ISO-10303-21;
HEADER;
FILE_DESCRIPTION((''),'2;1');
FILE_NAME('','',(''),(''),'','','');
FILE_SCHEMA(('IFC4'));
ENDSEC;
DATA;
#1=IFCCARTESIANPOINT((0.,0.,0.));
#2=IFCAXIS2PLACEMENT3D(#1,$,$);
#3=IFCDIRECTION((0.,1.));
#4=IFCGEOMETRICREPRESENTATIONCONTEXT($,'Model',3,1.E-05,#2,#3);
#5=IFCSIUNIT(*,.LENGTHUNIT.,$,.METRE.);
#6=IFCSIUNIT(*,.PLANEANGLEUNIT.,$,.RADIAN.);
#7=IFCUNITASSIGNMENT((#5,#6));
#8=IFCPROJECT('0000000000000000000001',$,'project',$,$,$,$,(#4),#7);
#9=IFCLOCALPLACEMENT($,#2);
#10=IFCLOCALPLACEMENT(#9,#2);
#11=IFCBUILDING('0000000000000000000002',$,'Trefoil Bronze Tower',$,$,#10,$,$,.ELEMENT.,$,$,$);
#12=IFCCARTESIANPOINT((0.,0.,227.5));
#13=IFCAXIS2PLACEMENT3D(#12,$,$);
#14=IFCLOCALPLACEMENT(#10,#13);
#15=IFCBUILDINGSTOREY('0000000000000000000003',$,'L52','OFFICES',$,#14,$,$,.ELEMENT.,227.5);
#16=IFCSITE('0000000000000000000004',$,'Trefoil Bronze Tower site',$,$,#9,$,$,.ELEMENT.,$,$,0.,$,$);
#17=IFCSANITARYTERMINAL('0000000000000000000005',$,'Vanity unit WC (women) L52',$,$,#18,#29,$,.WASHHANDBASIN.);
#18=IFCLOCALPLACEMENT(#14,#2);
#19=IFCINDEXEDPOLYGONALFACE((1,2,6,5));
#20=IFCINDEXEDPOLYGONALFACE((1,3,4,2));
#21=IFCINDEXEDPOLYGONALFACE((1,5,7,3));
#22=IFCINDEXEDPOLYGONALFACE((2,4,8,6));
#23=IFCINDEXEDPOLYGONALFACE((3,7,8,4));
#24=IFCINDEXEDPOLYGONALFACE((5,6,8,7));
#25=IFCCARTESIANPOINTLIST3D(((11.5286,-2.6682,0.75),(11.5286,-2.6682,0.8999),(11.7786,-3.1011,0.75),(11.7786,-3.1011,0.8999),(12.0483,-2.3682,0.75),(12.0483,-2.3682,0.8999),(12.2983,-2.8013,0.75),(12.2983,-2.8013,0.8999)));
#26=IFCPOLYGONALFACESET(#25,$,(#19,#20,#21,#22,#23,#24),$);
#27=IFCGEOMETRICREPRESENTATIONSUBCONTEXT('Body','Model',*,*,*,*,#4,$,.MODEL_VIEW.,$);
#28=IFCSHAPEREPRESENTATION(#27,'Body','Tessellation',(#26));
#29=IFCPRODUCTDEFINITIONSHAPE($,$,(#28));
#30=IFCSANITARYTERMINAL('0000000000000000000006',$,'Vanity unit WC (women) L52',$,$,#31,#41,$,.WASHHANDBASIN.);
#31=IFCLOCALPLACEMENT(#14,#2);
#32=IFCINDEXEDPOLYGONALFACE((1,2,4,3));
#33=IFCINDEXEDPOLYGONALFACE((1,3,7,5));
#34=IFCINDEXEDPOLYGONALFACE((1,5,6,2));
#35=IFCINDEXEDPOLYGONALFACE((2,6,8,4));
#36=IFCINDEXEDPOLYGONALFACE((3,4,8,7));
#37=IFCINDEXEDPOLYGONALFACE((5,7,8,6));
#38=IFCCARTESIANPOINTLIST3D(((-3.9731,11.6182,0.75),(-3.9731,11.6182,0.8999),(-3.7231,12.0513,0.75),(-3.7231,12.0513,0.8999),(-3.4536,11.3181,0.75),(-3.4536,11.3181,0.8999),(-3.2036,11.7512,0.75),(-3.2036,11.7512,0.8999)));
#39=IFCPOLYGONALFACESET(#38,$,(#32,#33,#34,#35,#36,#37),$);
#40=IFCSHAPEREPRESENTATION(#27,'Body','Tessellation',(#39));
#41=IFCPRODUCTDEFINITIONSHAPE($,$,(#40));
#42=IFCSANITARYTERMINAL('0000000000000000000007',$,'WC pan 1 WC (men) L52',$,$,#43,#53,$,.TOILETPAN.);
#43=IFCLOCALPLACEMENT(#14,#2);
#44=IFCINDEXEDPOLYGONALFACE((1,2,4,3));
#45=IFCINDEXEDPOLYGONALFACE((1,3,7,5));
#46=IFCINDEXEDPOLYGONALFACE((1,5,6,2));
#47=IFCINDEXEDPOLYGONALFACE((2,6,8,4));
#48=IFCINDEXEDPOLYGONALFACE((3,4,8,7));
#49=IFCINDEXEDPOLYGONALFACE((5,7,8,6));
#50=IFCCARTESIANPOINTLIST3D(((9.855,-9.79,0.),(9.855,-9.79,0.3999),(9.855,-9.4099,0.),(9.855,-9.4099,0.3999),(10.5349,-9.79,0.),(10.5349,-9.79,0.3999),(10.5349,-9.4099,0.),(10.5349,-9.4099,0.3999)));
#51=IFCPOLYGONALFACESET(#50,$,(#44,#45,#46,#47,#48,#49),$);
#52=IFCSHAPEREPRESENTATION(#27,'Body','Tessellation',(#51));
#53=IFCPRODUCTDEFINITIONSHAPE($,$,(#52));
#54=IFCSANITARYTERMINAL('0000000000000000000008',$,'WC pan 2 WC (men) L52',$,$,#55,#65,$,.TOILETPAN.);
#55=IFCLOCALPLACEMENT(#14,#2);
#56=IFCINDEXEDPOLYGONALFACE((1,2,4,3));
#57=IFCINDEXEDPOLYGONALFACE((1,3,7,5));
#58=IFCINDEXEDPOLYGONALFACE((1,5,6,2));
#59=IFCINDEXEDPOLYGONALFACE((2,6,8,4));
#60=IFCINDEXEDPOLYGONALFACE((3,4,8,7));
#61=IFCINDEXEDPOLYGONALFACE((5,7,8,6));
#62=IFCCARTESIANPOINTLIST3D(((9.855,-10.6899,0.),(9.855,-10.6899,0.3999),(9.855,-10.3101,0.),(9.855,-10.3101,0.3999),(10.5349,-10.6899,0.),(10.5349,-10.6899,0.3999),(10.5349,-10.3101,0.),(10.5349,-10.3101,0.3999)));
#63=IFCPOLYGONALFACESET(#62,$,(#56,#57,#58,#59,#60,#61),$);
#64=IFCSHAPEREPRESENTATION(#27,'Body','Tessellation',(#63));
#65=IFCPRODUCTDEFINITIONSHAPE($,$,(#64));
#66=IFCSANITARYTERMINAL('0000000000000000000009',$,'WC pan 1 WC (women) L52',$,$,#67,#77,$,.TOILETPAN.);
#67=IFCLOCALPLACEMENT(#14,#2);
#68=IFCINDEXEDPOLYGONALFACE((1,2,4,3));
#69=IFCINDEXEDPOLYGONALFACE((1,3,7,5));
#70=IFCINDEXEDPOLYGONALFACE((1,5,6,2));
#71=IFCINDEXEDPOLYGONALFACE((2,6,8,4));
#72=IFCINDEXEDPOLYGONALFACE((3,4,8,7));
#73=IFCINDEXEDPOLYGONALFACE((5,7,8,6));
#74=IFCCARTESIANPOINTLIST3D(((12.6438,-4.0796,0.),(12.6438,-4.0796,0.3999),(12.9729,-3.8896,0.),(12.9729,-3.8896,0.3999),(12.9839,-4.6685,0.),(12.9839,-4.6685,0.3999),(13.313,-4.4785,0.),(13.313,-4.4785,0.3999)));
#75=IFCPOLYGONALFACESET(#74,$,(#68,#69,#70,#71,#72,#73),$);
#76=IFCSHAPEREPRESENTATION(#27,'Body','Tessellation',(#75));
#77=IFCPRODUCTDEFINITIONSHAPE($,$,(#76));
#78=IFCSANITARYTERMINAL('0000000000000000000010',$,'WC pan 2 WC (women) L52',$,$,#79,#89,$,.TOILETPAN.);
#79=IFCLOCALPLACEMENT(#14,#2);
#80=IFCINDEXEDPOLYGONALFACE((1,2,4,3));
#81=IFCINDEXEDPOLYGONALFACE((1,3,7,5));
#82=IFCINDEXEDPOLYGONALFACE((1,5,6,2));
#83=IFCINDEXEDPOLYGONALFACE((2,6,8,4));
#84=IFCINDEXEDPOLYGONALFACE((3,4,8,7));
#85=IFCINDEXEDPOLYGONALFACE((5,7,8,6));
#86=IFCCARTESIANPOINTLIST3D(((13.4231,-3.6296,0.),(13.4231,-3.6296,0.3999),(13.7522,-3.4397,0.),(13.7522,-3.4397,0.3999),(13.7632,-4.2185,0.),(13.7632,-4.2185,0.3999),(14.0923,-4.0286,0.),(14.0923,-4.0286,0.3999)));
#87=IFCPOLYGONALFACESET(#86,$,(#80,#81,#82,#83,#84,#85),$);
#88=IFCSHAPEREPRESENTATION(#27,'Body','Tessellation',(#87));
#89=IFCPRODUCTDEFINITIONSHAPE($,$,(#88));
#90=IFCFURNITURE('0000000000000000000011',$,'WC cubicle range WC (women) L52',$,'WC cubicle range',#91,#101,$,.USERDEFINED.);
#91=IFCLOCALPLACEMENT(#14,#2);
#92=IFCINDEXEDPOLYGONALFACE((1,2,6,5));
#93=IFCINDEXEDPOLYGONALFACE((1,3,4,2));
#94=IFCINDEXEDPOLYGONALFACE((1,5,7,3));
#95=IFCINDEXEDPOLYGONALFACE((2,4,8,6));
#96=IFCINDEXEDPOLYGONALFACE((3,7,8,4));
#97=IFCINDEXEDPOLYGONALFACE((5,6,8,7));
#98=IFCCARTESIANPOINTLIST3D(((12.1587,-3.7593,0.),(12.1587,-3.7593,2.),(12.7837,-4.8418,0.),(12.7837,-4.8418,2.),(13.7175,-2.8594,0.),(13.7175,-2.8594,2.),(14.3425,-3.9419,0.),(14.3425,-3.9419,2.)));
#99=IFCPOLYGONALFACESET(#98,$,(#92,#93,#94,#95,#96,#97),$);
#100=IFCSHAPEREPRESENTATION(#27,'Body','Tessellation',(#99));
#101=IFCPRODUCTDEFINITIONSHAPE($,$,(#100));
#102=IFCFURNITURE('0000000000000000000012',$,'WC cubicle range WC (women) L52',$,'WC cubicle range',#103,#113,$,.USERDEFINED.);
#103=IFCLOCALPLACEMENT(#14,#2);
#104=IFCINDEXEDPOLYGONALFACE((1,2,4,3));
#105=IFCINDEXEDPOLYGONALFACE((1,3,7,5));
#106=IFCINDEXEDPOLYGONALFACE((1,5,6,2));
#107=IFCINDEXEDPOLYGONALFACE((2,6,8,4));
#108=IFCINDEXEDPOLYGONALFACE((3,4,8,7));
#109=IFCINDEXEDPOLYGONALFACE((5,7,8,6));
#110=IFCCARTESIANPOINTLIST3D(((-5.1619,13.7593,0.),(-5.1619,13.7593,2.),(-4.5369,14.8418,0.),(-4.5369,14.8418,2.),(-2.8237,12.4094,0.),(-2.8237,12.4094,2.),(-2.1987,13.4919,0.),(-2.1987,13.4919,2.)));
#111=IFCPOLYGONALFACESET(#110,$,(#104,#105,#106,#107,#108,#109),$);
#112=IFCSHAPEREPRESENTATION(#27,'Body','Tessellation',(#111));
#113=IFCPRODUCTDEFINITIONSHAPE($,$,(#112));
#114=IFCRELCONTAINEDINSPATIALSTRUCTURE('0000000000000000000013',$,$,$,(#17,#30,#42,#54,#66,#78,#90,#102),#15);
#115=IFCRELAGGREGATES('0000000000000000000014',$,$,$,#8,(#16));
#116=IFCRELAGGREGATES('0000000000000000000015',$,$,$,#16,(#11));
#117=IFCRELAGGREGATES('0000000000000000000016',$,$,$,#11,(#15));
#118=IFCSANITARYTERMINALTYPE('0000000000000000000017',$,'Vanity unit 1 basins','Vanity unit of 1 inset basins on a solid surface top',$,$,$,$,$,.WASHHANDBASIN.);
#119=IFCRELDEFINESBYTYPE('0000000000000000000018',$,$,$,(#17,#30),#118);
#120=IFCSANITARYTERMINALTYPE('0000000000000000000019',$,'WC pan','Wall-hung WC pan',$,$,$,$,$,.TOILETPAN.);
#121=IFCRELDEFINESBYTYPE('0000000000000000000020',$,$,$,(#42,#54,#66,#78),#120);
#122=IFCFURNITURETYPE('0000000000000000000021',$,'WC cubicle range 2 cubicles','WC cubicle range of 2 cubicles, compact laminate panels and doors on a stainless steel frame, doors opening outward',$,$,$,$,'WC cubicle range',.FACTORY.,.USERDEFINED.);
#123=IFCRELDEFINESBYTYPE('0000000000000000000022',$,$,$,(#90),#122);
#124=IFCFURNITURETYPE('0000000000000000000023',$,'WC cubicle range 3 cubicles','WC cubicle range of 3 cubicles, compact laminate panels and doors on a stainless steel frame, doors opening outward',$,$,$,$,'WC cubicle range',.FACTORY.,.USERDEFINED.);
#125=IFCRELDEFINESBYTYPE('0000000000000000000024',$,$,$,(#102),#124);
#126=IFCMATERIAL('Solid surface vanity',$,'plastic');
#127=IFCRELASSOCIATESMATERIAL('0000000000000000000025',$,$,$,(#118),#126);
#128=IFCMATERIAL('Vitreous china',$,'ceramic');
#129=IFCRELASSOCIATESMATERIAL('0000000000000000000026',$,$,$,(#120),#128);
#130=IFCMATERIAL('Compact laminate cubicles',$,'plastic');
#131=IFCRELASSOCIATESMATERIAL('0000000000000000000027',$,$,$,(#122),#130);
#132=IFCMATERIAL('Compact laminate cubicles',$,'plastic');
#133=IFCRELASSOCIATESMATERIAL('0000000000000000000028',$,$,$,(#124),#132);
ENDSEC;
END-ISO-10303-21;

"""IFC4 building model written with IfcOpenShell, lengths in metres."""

from ifc_helpers import new_model, si_unit, direction, frame, origin, place, context, subcontext, project, spatial, polyline, outline, extrude, material, type_object, element, save


model = new_model("IFC4")

# Units and contexts
model_context = context("Model", 3, precision=1e-05, world=origin(), true_north=direction((0.0, 1.0)))
body_context = subcontext(model_context, "Body", "Model", "MODEL_VIEW")
ifc_project = project(units=[si_unit("LENGTHUNIT", "METRE"), si_unit("PLANEANGLEUNIT", "RADIAN")], contexts=[model_context])

# Site, building, storey
site_placement = place(None, origin())
site = spatial("IfcSite", under=ifc_project, at=site_placement, Name="Trefoil Bronze Tower site", CompositionType="ELEMENT", RefElevation=0.0)
building_placement = place(site_placement, origin())
building = spatial("IfcBuilding", under=site, at=building_placement, Name="Trefoil Bronze Tower", CompositionType="ELEMENT")
storey_placement = place(building_placement, frame((0.0, 0.0, 227.5)))
storey = spatial("IfcBuildingStorey", under=building, at=storey_placement, Name="L52", Description="OFFICES", CompositionType="ELEMENT", Elevation=227.5)

# Sanitary terminals
ifc_material_1 = material(Name="Solid surface vanity", Category="plastic")
sanitary_terminal_type_1 = type_object("IfcSanitaryTerminalType", Name="Vanity unit 1 basins", Description="Vanity unit of 1 inset basins on a solid surface top", PredefinedType="WASHHANDBASIN", material=ifc_material_1)
sanitary_terminal_1_placement = place(storey_placement, frame((0.0, 0.0, 0.75)))
element("IfcSanitaryTerminal", 1, at=sanitary_terminal_1_placement, inside=storey, type_object=sanitary_terminal_type_1, Name="Vanity unit WC (women) L52", PredefinedType="WASHHANDBASIN", context=body_context, shape_type="SweptSolid", body=[
    extrude(outline(polyline([(11.5286, -2.6682), (11.7786, -3.1011), (12.2983, -2.8013), (12.0483, -2.3682), (11.5286, -2.6682)])), origin(), (0.0, 0.0, 1.0), 0.1499),
])
sanitary_terminal_2_placement = place(storey_placement, frame((0.0, 0.0, 0.75)))
element("IfcSanitaryTerminal", 2, at=sanitary_terminal_2_placement, inside=storey, type_object=sanitary_terminal_type_1, Name="Vanity unit WC (women) L52", PredefinedType="WASHHANDBASIN", context=body_context, shape_type="SweptSolid", body=[
    extrude(outline(polyline([(-3.4536, 11.3181), (-3.2036, 11.7512), (-3.7231, 12.0513), (-3.9731, 11.6182), (-3.4536, 11.3181)])), origin(), (0.0, 0.0, 1.0), 0.1499),
])
ifc_material_2 = material(Name="Vitreous china", Category="ceramic")
sanitary_terminal_type_2 = type_object("IfcSanitaryTerminalType", Name="WC pan", Description="Wall-hung WC pan", PredefinedType="TOILETPAN", material=ifc_material_2)
sanitary_terminal_3_placement = place(storey_placement, origin())
element("IfcSanitaryTerminal", 3, at=sanitary_terminal_3_placement, inside=storey, type_object=sanitary_terminal_type_2, Name="WC pan 1 WC (men) L52", PredefinedType="TOILETPAN", context=body_context, shape_type="SweptSolid", body=[
    extrude(outline(polyline([(9.855, -9.4099), (10.5349, -9.4099), (10.5349, -9.79), (9.855, -9.79), (9.855, -9.4099)])), origin(), (0.0, 0.0, 1.0), 0.3999),
])
sanitary_terminal_4_placement = place(storey_placement, origin())
element("IfcSanitaryTerminal", 4, at=sanitary_terminal_4_placement, inside=storey, type_object=sanitary_terminal_type_2, Name="WC pan 2 WC (men) L52", PredefinedType="TOILETPAN", context=body_context, shape_type="SweptSolid", body=[
    extrude(outline(polyline([(9.855, -10.3101), (10.5349, -10.3101), (10.5349, -10.6899), (9.855, -10.6899), (9.855, -10.3101)])), origin(), (0.0, 0.0, 1.0), 0.3999),
])
sanitary_terminal_5_placement = place(storey_placement, origin())
element("IfcSanitaryTerminal", 5, at=sanitary_terminal_5_placement, inside=storey, type_object=sanitary_terminal_type_2, Name="WC pan 1 WC (women) L52", PredefinedType="TOILETPAN", context=body_context, shape_type="SweptSolid", body=[
    extrude(outline(polyline([(12.6438, -4.0796), (12.9839, -4.6685), (13.313, -4.4785), (12.9729, -3.8896), (12.6438, -4.0796)])), origin(), (0.0, 0.0, 1.0), 0.3999),
])
sanitary_terminal_6_placement = place(storey_placement, origin())
element("IfcSanitaryTerminal", 6, at=sanitary_terminal_6_placement, inside=storey, type_object=sanitary_terminal_type_2, Name="WC pan 2 WC (women) L52", PredefinedType="TOILETPAN", context=body_context, shape_type="SweptSolid", body=[
    extrude(outline(polyline([(13.4231, -3.6296), (13.7632, -4.2185), (14.0923, -4.0286), (13.7522, -3.4397), (13.4231, -3.6296)])), origin(), (0.0, 0.0, 1.0), 0.3999),
])

# Furniture
ifc_material_3 = material(Name="Compact laminate cubicles", Category="plastic")
furniture_type_1 = type_object("IfcFurnitureType", Name="WC cubicle range 2 cubicles", Description="WC cubicle range of 2 cubicles, compact laminate panels and doors on a stainless steel frame, doors opening outward", ElementType="WC cubicle range", AssemblyPlace="FACTORY", PredefinedType="USERDEFINED", material=ifc_material_3)
furniture_1_placement = place(storey_placement, origin())
element("IfcFurniture", 7, at=furniture_1_placement, inside=storey, type_object=furniture_type_1, Name="WC cubicle range WC (women) L52", ObjectType="WC cubicle range", PredefinedType="USERDEFINED", context=body_context, shape_type="SweptSolid", body=[
    extrude(outline(polyline([(12.1587, -3.7593), (12.7837, -4.8418), (14.3425, -3.9419), (13.7175, -2.8594), (12.1587, -3.7593)])), origin(), (0.0, 0.0, 1.0), 2.0),
])
ifc_material_4 = material(Name="Compact laminate cubicles", Category="plastic")
furniture_type_2 = type_object("IfcFurnitureType", Name="WC cubicle range 3 cubicles", Description="WC cubicle range of 3 cubicles, compact laminate panels and doors on a stainless steel frame, doors opening outward", ElementType="WC cubicle range", AssemblyPlace="FACTORY", PredefinedType="USERDEFINED", material=ifc_material_4)
furniture_2_placement = place(storey_placement, origin())
element("IfcFurniture", 8, at=furniture_2_placement, inside=storey, type_object=furniture_type_2, Name="WC cubicle range WC (women) L52", ObjectType="WC cubicle range", PredefinedType="USERDEFINED", context=body_context, shape_type="SweptSolid", body=[
    extrude(outline(polyline([(-2.8237, 12.4094), (-2.1987, 13.4919), (-4.5369, 14.8418), (-5.1619, 13.7593), (-2.8237, 12.4094)])), origin(), (0.0, 0.0, 1.0), 2.0),
])

save(model, "model.ifc")
